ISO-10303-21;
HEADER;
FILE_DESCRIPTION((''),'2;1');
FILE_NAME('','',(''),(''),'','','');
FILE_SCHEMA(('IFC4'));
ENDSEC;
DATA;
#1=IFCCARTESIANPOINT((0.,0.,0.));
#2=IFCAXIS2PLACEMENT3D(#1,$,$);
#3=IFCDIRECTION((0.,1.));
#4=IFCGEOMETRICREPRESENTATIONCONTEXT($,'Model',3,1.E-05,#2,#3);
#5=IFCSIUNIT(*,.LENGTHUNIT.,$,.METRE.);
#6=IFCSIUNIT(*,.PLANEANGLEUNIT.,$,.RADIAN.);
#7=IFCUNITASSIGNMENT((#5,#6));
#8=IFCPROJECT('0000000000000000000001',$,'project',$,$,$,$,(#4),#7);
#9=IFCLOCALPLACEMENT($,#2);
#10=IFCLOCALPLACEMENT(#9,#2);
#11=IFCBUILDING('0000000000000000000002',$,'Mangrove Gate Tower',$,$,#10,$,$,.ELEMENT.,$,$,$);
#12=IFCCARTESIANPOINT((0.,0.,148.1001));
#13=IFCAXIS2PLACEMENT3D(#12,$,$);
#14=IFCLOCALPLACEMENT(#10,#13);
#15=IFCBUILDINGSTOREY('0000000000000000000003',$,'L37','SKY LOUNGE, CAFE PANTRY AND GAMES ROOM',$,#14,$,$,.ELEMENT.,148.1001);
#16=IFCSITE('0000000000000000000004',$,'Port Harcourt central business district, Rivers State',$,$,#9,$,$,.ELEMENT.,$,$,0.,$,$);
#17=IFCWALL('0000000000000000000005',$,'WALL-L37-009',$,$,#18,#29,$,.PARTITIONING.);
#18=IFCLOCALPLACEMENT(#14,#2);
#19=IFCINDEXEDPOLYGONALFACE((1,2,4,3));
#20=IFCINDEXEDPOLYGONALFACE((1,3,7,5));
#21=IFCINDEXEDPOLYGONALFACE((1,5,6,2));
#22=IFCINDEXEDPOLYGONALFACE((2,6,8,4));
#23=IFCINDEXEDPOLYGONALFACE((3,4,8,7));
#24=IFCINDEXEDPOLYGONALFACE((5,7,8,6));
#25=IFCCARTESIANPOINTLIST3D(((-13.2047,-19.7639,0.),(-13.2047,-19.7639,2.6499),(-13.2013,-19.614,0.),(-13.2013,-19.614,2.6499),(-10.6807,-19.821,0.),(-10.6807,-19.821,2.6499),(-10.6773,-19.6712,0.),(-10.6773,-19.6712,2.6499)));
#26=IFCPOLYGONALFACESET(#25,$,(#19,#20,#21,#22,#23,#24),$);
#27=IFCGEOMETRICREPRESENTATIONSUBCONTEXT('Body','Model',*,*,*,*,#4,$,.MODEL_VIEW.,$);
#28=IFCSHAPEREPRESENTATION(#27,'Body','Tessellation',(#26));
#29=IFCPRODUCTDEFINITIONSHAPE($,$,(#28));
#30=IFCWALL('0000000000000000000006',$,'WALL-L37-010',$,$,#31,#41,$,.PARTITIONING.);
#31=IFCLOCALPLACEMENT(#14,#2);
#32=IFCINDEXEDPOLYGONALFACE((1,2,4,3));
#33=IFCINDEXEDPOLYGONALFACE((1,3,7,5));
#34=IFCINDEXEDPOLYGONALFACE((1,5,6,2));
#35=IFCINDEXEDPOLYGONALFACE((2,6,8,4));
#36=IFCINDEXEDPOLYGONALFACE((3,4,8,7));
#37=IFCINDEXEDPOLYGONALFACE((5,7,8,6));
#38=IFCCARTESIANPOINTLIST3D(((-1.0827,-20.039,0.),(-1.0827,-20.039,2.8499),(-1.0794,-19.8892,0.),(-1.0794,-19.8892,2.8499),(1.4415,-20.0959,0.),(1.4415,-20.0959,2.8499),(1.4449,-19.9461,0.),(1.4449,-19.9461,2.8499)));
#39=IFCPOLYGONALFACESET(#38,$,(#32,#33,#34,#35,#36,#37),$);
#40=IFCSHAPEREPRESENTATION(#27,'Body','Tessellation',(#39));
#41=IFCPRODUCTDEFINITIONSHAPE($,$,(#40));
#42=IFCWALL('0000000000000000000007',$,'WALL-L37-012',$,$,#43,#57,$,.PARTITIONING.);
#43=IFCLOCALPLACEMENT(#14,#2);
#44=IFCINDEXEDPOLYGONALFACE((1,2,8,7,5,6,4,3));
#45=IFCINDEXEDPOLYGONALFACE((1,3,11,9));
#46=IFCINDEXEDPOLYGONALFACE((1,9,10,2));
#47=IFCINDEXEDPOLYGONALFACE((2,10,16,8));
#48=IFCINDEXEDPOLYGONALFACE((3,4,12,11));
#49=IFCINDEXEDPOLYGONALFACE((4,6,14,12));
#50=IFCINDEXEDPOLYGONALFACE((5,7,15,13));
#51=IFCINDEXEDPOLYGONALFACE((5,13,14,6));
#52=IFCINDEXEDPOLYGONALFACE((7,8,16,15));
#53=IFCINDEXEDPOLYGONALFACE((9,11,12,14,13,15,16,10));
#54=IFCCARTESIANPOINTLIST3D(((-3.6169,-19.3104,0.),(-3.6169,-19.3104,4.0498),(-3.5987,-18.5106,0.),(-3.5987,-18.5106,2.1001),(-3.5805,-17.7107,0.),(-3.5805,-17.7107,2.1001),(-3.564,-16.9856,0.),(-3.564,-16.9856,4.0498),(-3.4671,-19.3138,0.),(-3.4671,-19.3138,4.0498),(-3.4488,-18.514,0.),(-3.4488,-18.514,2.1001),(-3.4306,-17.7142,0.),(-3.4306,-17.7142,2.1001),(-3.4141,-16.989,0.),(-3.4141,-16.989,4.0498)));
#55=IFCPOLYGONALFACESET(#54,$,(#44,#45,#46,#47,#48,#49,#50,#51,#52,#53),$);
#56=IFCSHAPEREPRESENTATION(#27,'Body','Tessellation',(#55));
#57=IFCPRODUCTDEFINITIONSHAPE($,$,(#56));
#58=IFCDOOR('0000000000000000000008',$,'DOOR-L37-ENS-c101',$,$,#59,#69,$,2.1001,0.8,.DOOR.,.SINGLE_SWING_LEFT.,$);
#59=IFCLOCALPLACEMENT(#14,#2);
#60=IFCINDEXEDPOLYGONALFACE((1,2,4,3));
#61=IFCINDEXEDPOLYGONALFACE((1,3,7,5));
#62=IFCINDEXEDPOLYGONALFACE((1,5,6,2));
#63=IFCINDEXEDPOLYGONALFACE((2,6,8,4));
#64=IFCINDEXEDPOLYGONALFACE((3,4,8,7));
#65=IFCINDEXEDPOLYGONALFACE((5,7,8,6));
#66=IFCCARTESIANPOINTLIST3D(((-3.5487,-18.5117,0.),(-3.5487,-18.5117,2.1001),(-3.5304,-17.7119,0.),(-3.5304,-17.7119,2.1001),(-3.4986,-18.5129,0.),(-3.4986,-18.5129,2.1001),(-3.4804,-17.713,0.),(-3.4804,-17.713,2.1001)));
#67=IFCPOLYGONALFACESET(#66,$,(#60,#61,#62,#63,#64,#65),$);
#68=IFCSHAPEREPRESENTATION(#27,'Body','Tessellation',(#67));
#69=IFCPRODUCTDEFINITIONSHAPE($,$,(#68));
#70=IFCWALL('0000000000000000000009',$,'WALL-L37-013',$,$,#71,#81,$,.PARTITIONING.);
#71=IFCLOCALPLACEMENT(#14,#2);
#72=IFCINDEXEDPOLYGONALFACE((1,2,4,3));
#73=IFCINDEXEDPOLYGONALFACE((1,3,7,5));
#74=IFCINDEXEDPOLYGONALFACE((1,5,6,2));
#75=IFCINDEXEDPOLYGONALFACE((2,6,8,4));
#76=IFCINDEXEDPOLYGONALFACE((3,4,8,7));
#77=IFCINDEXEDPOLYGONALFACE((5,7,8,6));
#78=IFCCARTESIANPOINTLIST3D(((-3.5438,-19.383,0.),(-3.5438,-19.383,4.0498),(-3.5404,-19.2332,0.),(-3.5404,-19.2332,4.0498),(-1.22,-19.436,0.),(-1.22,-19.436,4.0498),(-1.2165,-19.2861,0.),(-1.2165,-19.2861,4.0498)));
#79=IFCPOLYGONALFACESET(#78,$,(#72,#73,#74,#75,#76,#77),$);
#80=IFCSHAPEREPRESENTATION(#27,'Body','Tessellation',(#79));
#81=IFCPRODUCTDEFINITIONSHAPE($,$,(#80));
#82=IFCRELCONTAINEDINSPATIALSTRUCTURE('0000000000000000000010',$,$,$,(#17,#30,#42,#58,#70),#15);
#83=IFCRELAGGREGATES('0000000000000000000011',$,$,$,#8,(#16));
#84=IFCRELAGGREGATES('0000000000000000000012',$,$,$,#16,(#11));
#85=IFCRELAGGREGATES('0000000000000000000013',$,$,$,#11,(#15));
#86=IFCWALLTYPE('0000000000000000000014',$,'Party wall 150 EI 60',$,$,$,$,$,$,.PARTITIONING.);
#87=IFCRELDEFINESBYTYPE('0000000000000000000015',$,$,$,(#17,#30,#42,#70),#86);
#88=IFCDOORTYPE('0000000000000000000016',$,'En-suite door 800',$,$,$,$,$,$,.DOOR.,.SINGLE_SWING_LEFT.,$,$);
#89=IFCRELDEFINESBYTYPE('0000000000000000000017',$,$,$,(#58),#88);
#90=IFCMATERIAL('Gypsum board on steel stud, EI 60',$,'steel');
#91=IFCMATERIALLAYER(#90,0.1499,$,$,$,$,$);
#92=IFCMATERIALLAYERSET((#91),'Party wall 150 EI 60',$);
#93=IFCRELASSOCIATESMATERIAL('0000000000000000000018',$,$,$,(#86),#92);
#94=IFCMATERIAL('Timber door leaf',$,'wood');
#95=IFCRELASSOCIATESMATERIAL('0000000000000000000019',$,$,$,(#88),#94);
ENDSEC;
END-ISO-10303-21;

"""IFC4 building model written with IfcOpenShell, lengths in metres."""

from ifc_helpers import new_model, si_unit, direction, frame, frame_2d, origin, place, context, subcontext, project, spatial, rectangle, extrude, material, layer, layer_set, type_object, element, fill, save


model = new_model("IFC4")

# Units and contexts
model_context = context("Model", 3, precision=1e-05, world=origin(), true_north=direction((0.0, 1.0)))
body_context = subcontext(model_context, "Body", "Model", "MODEL_VIEW")
ifc_project = project(units=[si_unit("LENGTHUNIT", "METRE"), si_unit("PLANEANGLEUNIT", "RADIAN")], contexts=[model_context])

# Site, building, storey
site_placement = place(None, origin())
site = spatial("IfcSite", under=ifc_project, at=site_placement, Name="Port Harcourt central business district, Rivers State", CompositionType="ELEMENT", RefElevation=0.0)
building_placement = place(site_placement, origin())
building = spatial("IfcBuilding", under=site, at=building_placement, Name="Mangrove Gate Tower", CompositionType="ELEMENT")
storey_placement = place(building_placement, frame((0.0, 0.0, 148.1001)))
storey = spatial("IfcBuildingStorey", under=building, at=storey_placement, Name="L37", Description="SKY LOUNGE, CAFE PANTRY AND GAMES ROOM", CompositionType="ELEMENT", Elevation=148.1001)

# Walls
ifc_material_1 = material(Name="Gypsum board on steel stud, EI 60", Category="steel")
ifc_layer_1 = layer(ifc_material_1, 0.1499)
ifc_layer_set_1 = layer_set([ifc_layer_1], Name="Party wall 150 EI 60")
wall_type_1 = type_object("IfcWallType", Name="Party wall 150 EI 60", PredefinedType="PARTITIONING", material=ifc_layer_set_1)
wall_1_placement = place(storey_placement, frame((-13.2029, -19.689, 0.0), z_axis=(0.0, 0.0, 1.0), x_axis=(0.999744, -0.022629, 0.0)))
element("IfcWall", 1, at=wall_1_placement, inside=storey, type_object=wall_type_1, Name="WALL-L37-009", PredefinedType="PARTITIONING", context=body_context, shape_type="SweptSolid", body=[
    extrude(rectangle(XDim=2.5247, YDim=0.1499, at=frame_2d((1.2622, 0.0))), origin(), (0.0, 0.0, 1.0), 2.6499),
])
wall_2_placement = place(storey_placement, frame((-1.0811, -19.9641, 0.0), z_axis=(0.0, 0.0, 1.0), x_axis=(0.999746, -0.02253, 0.0)))
element("IfcWall", 2, at=wall_2_placement, inside=storey, type_object=wall_type_1, Name="WALL-L37-010", PredefinedType="PARTITIONING", context=body_context, shape_type="SweptSolid", body=[
    extrude(rectangle(XDim=2.5249, YDim=0.1499, at=frame_2d((1.2625, 0.0))), origin(), (0.0, 0.0, 1.0), 2.8499),
])

# Wall, opening, door
wall_3_placement = place(storey_placement, frame((-3.542, -19.312, 0.0), z_axis=(0.0, 0.0, 1.0), x_axis=(0.022781, 0.99974, 0.0)))
wall_3 = element("IfcWall", 3, at=wall_3_placement, inside=storey, type_object=wall_type_1, Name="WALL-L37-012", PredefinedType="PARTITIONING", context=body_context, shape_type="SweptSolid", body=[
    extrude(rectangle(XDim=2.3254, YDim=0.1499, at=frame_2d((1.1626, 0.0))), origin(), (0.0, 0.0, 1.0), 4.0498),
])
opening_1_placement = place(wall_3_placement, frame((0.8, 0.0, 0.0)))
opening_1 = element("IfcOpeningElement", 4, at=opening_1_placement, cuts=wall_3, PredefinedType="OPENING", context=body_context, shape_type="SweptSolid", body=[
    extrude(rectangle(XDim=0.8, YDim=2.1001, at=frame_2d((0.3999, 1.05))), frame((0.0, 0.085, 0.0), z_axis=(0.0, -1.0, 0.0), x_axis=(1.0, 0.0, 0.0)), (0.0, 0.0, 1.0), 0.1699),
])
ifc_material_2 = material(Name="Timber door leaf", Category="wood")
door_type_1 = type_object("IfcDoorType", Name="En-suite door 800", OperationType="SINGLE_SWING_LEFT", PredefinedType="DOOR", material=ifc_material_2)
door_1_placement = place(opening_1_placement, origin())
door_1 = element("IfcDoor", 5, at=door_1_placement, inside=storey, type_object=door_type_1, Name="DOOR-L37-ENS-c101", OperationType="SINGLE_SWING_LEFT", OverallHeight=2.1001, OverallWidth=0.8, PredefinedType="DOOR", context=body_context, shape_type="SweptSolid", body=[
    extrude(rectangle(XDim=0.8, YDim=2.1001, at=frame_2d((0.3999, 1.05))), frame((0.0, 0.0249, 0.0), z_axis=(0.0, -1.0, 0.0), x_axis=(1.0, 0.0, 0.0)), (0.0, 0.0, 1.0), 0.05),
])
fill(opening_1, door_1)

# Wall
wall_4_placement = place(storey_placement, frame((-3.542, -19.3081, 0.0), z_axis=(0.0, 0.0, 1.0), x_axis=(0.99974, -0.022791, 0.0)))
element("IfcWall", 6, at=wall_4_placement, inside=storey, type_object=wall_type_1, Name="WALL-L37-013", PredefinedType="PARTITIONING", context=body_context, shape_type="SweptSolid", body=[
    extrude(rectangle(XDim=2.3245, YDim=0.1499, at=frame_2d((1.1621, 0.0))), origin(), (0.0, 0.0, 1.0), 4.0498),
])

save(model, "model.ifc")
